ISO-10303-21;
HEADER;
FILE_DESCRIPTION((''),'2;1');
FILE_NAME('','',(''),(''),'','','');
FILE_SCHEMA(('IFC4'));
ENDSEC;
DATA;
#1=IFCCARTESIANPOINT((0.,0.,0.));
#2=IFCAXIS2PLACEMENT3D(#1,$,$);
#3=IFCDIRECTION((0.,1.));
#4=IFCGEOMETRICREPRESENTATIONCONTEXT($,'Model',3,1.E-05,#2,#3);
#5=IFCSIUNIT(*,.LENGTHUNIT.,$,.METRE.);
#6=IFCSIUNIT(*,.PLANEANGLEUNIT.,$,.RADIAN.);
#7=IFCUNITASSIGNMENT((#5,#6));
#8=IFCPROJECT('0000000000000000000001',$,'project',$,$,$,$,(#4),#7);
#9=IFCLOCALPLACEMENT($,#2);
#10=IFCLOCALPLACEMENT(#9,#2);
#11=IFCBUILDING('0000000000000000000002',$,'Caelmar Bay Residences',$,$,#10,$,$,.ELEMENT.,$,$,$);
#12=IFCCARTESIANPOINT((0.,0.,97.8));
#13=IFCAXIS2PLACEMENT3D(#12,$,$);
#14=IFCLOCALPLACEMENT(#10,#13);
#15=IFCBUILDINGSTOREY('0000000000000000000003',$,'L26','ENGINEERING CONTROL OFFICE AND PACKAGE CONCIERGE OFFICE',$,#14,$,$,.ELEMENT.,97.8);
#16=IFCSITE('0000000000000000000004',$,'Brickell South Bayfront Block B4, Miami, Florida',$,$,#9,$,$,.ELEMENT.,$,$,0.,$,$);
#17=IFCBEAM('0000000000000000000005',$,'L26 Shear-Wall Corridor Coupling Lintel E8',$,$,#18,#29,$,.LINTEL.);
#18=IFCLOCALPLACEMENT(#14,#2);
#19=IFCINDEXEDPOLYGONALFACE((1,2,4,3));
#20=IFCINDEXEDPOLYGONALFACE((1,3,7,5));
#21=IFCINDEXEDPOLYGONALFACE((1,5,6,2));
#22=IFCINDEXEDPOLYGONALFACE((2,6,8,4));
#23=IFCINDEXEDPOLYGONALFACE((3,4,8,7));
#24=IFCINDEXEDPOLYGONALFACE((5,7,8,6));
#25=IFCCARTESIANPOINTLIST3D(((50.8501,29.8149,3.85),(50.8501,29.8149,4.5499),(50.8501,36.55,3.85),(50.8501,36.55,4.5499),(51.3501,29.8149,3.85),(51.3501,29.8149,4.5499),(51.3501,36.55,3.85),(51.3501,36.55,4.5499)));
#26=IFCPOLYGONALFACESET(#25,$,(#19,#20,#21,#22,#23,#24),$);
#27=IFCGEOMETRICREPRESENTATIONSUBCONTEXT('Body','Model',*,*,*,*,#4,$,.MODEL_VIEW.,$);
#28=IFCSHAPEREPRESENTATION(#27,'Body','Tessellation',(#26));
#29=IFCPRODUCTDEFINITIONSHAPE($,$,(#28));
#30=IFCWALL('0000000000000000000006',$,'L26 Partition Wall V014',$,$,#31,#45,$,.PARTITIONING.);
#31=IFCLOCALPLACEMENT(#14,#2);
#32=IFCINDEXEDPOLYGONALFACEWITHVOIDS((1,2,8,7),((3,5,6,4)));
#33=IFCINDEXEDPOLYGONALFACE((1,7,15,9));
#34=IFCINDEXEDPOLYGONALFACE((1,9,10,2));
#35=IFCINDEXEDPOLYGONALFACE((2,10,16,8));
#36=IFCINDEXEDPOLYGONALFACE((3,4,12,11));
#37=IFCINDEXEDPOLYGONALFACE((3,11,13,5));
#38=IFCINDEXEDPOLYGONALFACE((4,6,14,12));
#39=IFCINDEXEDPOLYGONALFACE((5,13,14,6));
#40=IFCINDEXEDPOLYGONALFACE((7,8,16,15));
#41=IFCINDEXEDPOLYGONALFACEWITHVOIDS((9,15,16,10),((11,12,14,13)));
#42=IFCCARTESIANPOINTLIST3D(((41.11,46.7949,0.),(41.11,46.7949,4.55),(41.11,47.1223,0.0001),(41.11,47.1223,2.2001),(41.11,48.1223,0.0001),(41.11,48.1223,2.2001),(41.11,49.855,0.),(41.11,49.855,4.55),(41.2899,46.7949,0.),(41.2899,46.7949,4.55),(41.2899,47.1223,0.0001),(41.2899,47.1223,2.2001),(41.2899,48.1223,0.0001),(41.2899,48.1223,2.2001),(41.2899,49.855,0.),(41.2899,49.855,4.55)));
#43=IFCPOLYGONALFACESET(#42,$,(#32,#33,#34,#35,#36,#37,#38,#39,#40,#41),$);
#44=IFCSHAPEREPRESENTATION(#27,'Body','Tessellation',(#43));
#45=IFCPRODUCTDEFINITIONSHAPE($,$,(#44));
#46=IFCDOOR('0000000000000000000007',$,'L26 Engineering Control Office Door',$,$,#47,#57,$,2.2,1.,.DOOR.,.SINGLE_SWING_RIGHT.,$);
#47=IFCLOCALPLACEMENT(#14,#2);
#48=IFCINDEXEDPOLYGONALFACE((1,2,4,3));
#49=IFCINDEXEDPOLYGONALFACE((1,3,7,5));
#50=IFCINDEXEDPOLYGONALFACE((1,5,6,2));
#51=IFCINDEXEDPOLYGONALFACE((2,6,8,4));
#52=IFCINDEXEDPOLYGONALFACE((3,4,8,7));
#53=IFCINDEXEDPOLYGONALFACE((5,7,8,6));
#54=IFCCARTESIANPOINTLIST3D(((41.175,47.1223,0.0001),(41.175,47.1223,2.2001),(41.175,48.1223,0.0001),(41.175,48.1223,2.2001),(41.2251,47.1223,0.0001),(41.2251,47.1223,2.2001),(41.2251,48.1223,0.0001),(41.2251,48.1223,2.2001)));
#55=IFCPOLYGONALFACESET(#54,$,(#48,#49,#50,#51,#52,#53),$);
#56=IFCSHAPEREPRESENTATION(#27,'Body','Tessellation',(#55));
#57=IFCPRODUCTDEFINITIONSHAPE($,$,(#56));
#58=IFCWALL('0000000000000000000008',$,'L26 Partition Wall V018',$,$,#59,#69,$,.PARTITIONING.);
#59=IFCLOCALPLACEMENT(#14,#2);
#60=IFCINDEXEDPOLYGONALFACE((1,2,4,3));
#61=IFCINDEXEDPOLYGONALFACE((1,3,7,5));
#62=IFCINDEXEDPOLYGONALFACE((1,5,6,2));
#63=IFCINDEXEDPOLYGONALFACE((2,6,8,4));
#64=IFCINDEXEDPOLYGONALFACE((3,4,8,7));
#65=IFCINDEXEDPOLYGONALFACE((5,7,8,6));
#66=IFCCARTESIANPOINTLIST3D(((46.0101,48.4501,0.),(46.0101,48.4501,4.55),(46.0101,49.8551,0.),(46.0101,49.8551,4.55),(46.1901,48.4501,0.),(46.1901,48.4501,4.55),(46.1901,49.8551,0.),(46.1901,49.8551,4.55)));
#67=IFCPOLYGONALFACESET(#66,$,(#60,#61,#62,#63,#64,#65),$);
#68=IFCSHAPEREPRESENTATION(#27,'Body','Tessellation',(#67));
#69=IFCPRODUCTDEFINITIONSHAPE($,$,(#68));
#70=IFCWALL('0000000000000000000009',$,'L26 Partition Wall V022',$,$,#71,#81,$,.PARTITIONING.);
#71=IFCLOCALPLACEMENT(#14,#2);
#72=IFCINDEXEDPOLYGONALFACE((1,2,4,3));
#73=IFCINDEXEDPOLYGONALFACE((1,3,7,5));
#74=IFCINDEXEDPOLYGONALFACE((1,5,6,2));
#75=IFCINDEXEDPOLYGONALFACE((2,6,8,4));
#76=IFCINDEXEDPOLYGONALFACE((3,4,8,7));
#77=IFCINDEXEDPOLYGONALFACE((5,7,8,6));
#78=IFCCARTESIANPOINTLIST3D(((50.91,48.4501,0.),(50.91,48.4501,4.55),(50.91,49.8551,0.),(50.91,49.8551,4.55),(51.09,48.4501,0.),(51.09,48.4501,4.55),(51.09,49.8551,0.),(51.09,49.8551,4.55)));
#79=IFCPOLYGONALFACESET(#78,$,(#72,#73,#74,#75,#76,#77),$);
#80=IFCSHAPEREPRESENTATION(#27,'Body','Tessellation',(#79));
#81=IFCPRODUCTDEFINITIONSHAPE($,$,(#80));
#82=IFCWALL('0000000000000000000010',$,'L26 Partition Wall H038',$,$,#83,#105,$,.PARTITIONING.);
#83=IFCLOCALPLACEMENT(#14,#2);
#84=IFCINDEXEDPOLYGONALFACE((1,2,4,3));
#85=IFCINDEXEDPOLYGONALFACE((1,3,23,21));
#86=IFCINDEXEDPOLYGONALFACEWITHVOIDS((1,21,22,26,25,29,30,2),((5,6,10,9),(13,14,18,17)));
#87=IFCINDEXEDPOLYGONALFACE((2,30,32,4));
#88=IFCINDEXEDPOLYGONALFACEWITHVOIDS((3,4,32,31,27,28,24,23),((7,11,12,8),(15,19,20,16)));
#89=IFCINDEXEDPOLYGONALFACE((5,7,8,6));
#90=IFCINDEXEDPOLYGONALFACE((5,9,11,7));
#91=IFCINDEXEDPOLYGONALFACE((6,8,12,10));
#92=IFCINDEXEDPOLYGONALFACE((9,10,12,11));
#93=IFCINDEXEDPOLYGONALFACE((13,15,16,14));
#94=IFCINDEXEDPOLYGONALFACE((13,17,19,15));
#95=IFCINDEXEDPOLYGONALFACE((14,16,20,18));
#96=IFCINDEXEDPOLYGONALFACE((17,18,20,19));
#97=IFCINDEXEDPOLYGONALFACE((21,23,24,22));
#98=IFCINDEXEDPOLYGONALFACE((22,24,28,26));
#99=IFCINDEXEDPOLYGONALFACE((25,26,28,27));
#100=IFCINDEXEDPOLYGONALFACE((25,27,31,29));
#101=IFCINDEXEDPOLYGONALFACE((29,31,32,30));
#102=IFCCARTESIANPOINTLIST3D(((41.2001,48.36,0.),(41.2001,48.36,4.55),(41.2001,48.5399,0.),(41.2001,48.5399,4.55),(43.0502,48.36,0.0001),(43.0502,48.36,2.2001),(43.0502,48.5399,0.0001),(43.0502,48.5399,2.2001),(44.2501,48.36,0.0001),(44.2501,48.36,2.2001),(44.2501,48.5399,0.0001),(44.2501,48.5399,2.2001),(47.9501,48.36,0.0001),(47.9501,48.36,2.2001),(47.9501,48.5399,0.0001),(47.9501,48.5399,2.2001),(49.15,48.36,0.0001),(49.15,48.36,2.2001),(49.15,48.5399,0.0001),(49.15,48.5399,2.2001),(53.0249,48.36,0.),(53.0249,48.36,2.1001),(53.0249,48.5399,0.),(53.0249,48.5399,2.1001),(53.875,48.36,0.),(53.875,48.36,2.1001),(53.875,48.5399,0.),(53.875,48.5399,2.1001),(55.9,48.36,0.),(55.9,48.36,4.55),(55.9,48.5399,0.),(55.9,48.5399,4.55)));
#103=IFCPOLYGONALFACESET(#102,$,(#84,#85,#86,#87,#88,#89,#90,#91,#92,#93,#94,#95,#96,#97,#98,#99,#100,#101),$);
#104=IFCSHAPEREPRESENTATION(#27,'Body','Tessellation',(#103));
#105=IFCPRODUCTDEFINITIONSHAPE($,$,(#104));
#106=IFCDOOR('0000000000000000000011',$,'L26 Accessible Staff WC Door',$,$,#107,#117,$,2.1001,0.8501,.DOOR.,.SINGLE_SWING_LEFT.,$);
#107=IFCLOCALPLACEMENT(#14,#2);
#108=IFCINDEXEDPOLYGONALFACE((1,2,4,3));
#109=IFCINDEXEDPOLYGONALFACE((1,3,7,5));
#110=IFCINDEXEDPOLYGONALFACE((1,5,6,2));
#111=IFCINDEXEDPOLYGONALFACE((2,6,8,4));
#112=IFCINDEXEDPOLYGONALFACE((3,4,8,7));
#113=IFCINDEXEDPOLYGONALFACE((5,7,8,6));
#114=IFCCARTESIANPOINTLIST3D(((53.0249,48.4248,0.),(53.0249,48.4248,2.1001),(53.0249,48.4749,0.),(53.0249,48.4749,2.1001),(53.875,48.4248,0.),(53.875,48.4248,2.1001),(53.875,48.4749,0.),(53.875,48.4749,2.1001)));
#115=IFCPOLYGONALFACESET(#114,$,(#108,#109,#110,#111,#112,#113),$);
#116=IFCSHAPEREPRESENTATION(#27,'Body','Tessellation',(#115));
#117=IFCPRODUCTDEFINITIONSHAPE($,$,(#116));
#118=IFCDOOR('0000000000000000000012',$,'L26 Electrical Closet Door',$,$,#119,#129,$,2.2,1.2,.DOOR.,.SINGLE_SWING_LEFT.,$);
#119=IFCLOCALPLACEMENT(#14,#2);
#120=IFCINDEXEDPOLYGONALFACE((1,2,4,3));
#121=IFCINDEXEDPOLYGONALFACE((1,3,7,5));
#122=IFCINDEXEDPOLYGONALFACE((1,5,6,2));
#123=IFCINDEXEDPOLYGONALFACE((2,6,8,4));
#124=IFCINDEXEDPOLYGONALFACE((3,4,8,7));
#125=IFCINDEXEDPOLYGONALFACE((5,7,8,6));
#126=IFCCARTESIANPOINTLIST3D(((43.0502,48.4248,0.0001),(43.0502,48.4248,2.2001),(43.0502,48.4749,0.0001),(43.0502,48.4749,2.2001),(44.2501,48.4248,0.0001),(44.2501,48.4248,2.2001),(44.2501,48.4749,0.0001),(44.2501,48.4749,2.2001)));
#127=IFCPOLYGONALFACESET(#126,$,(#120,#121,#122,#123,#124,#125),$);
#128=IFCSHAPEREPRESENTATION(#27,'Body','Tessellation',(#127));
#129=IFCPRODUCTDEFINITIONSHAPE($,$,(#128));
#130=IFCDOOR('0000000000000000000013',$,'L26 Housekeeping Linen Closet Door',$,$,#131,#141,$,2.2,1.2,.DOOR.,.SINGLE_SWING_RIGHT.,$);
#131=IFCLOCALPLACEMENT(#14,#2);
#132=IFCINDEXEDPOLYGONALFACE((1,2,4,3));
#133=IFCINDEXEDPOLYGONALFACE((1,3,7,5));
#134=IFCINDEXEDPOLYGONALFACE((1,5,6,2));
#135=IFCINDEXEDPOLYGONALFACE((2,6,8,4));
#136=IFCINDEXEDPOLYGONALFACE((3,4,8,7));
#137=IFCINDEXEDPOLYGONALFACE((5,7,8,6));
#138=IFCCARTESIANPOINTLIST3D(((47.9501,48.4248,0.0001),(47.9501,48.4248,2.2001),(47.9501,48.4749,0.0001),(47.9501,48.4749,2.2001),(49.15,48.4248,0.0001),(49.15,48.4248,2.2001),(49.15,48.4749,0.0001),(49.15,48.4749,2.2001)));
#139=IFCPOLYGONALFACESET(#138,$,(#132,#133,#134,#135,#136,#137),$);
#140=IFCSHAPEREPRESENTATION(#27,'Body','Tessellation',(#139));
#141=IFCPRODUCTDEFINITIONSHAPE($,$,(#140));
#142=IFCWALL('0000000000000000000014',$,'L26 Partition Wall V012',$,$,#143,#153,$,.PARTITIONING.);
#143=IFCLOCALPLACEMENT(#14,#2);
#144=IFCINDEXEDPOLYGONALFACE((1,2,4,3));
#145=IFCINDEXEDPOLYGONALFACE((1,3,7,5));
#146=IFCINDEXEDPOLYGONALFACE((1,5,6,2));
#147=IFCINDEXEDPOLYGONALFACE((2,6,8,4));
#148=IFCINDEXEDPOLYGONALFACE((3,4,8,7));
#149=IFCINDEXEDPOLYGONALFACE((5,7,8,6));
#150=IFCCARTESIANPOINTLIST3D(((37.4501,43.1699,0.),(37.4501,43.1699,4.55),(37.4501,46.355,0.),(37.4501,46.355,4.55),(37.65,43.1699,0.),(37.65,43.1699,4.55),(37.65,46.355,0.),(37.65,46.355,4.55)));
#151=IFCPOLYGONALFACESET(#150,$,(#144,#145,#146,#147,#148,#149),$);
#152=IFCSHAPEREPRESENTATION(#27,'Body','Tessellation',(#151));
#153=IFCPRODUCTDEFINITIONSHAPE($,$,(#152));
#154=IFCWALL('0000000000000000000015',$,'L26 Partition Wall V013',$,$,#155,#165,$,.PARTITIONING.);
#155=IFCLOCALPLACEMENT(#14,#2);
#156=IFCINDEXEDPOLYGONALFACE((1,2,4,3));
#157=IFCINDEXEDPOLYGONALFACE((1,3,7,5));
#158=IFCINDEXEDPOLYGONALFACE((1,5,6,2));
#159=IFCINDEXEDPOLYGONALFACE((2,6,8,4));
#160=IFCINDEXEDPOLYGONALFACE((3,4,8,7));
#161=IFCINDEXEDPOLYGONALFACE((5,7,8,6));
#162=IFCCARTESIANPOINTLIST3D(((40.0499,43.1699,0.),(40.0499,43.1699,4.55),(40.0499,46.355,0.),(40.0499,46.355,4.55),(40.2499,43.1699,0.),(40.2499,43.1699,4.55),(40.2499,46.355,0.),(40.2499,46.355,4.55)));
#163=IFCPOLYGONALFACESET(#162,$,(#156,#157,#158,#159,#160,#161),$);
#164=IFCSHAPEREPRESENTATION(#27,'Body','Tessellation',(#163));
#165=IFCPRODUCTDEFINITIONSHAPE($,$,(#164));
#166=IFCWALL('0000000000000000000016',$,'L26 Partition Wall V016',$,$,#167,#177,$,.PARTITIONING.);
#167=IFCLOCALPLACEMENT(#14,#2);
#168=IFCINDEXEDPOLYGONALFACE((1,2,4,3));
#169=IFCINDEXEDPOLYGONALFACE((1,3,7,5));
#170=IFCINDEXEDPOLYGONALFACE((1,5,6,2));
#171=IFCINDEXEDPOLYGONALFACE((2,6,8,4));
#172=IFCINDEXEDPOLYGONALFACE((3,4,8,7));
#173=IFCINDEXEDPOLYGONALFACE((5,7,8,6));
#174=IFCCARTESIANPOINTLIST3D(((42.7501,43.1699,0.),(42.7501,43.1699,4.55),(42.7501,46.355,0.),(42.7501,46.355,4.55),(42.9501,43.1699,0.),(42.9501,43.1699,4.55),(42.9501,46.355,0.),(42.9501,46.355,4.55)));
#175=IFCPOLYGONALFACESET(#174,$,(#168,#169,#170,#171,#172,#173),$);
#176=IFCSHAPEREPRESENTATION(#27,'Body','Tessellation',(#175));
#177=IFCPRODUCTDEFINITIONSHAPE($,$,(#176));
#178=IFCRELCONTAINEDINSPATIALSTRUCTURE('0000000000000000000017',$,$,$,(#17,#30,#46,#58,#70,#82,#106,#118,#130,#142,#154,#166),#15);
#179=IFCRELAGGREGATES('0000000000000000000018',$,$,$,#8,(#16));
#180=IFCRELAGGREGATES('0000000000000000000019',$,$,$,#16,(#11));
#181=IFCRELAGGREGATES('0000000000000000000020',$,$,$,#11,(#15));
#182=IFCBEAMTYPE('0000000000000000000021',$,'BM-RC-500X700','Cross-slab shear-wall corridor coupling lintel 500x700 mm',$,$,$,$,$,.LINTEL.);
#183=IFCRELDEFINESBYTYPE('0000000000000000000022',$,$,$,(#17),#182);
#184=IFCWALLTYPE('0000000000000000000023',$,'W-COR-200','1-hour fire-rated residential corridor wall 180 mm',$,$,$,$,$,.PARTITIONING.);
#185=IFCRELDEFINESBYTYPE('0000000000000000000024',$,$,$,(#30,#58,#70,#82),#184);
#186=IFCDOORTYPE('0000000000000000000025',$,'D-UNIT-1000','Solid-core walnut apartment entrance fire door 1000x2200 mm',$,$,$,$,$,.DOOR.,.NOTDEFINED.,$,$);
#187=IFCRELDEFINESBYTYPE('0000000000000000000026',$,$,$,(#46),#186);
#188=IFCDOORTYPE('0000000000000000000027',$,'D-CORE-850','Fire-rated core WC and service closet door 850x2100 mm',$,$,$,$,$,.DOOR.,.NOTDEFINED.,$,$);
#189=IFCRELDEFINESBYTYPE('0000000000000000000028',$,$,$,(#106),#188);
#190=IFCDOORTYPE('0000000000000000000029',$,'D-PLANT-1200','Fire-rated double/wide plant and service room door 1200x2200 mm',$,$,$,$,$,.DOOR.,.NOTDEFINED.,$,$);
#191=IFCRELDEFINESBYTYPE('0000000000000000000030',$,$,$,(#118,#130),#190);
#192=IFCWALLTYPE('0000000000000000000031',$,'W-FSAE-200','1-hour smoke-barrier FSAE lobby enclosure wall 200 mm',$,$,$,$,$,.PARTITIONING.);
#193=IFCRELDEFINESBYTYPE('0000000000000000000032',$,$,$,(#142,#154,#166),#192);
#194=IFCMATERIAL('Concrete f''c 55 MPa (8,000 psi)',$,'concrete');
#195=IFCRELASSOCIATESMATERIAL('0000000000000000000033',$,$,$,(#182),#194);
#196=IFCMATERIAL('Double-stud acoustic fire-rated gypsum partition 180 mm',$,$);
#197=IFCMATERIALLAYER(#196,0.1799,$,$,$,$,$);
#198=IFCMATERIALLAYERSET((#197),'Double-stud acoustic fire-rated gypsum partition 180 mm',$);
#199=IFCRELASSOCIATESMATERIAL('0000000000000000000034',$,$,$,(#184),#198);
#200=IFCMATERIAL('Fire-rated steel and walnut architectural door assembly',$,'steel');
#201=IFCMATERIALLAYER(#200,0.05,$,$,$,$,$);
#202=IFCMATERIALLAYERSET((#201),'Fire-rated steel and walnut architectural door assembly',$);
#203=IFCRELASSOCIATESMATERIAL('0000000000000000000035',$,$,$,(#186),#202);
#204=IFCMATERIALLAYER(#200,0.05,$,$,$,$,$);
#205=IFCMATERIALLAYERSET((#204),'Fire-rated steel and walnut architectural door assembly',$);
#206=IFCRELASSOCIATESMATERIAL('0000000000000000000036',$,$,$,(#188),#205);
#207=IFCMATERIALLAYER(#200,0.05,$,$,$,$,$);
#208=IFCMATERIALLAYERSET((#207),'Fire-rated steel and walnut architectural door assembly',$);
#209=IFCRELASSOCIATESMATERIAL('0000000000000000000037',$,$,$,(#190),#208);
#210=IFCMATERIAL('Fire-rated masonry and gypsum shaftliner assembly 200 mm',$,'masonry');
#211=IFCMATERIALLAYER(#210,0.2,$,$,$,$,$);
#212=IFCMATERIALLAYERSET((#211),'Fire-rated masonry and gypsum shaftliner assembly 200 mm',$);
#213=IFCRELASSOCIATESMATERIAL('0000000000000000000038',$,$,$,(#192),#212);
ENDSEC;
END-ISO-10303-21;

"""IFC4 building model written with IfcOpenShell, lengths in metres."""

from ifc_helpers import new_model, si_unit, direction, frame, frame_2d, origin, origin_2d, place, context, subcontext, project, spatial, rectangle, extrude, material, layer, layer_set, material_profile, profile_set, type_object, element, fill, save


model = new_model("IFC4")

# Units and contexts
model_context = context("Model", 3, precision=1e-05, world=origin(), true_north=direction((0.0, 1.0)))
body_context = subcontext(model_context, "Body", "Model", "MODEL_VIEW")
ifc_project = project(units=[si_unit("LENGTHUNIT", "METRE"), si_unit("PLANEANGLEUNIT", "RADIAN")], contexts=[model_context])

# Site, building, storey
site_placement = place(None, origin())
site = spatial("IfcSite", under=ifc_project, at=site_placement, Name="Brickell South Bayfront Block B4, Miami, Florida", CompositionType="ELEMENT", RefElevation=0.0)
building_placement = place(site_placement, origin())
building = spatial("IfcBuilding", under=site, at=building_placement, Name="Caelmar Bay Residences", CompositionType="ELEMENT")
storey_placement = place(building_placement, frame((0.0, 0.0, 97.8)))
storey = spatial("IfcBuildingStorey", under=building, at=storey_placement, Name="L26", Description="ENGINEERING CONTROL OFFICE AND PACKAGE CONCIERGE OFFICE", CompositionType="ELEMENT", Elevation=97.8)

# Beam
ifc_material_1 = material(Name="Concrete f'c 55 MPa (8,000 psi)", Category="concrete")
ifc_material_profile = material_profile(ifc_material_1, rectangle(XDim=0.5, YDim=0.7, at=origin_2d()), Name="RC-BM-500X700")
ifc_profile_set = profile_set([ifc_material_profile], Name="Concrete f'c 55 MPa (8,000 psi)")
beam_type = type_object("IfcBeamType", Name="BM-RC-500X700", Description="Cross-slab shear-wall corridor coupling lintel 500x700 mm", PredefinedType="LINTEL", material=ifc_profile_set)
beam_placement = place(storey_placement, frame((51.1001, 29.8149, 4.2), z_axis=(0.0, 1.0, 0.0), x_axis=(-1.0, 0.0, 0.0)))
element("IfcBeam", 1, at=beam_placement, inside=storey, type_object=beam_type, Name="L26 Shear-Wall Corridor Coupling Lintel E8", PredefinedType="LINTEL", context=body_context, shape_type="SweptSolid", body=[
    extrude(rectangle(XDim=0.5, YDim=0.7, at=origin_2d()), origin(), (0.0, 0.0, 1.0), 6.7351),
])

# Wall, opening, door
ifc_material_2 = material(Name="Fire-rated steel and walnut architectural door assembly", Category="steel")
ifc_material_3 = material(Name="Double-stud acoustic fire-rated gypsum partition 180 mm")
ifc_layer_1 = layer(ifc_material_3, 0.1799)
ifc_layer_set_1 = layer_set([ifc_layer_1], Name="Double-stud acoustic fire-rated gypsum partition 180 mm")
wall_type_1 = type_object("IfcWallType", Name="W-COR-200", Description="1-hour fire-rated residential corridor wall 180 mm", PredefinedType="PARTITIONING", material=ifc_layer_set_1)
wall_1_placement = place(storey_placement, frame((41.2, 46.7949, 0.0), z_axis=(0.0, 0.0, 1.0), x_axis=(0.0, 1.0, 0.0)))
wall_1 = element("IfcWall", 2, at=wall_1_placement, inside=storey, type_object=wall_type_1, Name="L26 Partition Wall V014", PredefinedType="PARTITIONING", context=body_context, shape_type="SweptSolid", body=[
    extrude(rectangle(XDim=3.0601, YDim=0.1799, at=frame_2d((1.53, 0.0))), origin(), (0.0, 0.0, 1.0), 4.55),
])
opening_1_placement = place(wall_1_placement, frame((0.3274, 0.0, 0.0)))
opening_1 = element("IfcOpeningElement", 3, at=opening_1_placement, cuts=wall_1, PredefinedType="OPENING", context=body_context, shape_type="SweptSolid", body=[
    extrude(rectangle(XDim=1.0, YDim=2.2, at=frame_2d((0.5, 1.1001))), frame((0.0, 0.0999, 0.0), z_axis=(0.0, -1.0, 0.0), x_axis=(1.0, 0.0, 0.0)), (0.0, 0.0, 1.0), 0.2),
])
ifc_layer_2 = layer(ifc_material_2, 0.05)
ifc_layer_set_2 = layer_set([ifc_layer_2], Name="Fire-rated steel and walnut architectural door assembly")
door_type_1 = type_object("IfcDoorType", Name="D-UNIT-1000", Description="Solid-core walnut apartment entrance fire door 1000x2200 mm", OperationType="NOTDEFINED", PredefinedType="DOOR", material=ifc_layer_set_2)
door_1_placement = place(opening_1_placement, origin())
door_1 = element("IfcDoor", 4, at=door_1_placement, inside=storey, type_object=door_type_1, Name="L26 Engineering Control Office Door", OperationType="SINGLE_SWING_RIGHT", OverallHeight=2.2, OverallWidth=1.0, PredefinedType="DOOR", context=body_context, shape_type="SweptSolid", body=[
    extrude(rectangle(XDim=1.0, YDim=2.2, at=frame_2d((0.5, 1.1001))), frame((0.0, 0.0249, 0.0), z_axis=(0.0, -1.0, 0.0), x_axis=(1.0, 0.0, 0.0)), (0.0, 0.0, 1.0), 0.05),
])
fill(opening_1, door_1)

# Walls
for number, where, z_axis, x_axis, name in (
    (5, (46.1001, 48.45, 0.0), (0.0, 0.0, 1.0), (0.0, 1.0, 0.0), "L26 Partition Wall V018"),
    (6, (51.0, 48.45, 0.0), (0.0, 0.0, 1.0), (0.0, 1.0, 0.0), "L26 Partition Wall V022"),
):
    element("IfcWall", number, at=place(storey_placement, frame(where, z_axis=z_axis, x_axis=x_axis)), inside=storey, type_object=wall_type_1, Name=name, PredefinedType="PARTITIONING", context=body_context, shape_type="SweptSolid", body=[
        extrude(rectangle(XDim=1.405, YDim=0.1799, at=frame_2d((0.7026, 0.0))), origin(), (0.0, 0.0, 1.0), 4.55),
    ])

# Wall, openings, doors
wall_2_placement = place(storey_placement, frame((41.2, 48.45, 0.0), z_axis=(0.0, 0.0, 1.0), x_axis=(1.0, 0.0, 0.0)))
wall_2 = element("IfcWall", 7, at=wall_2_placement, inside=storey, type_object=wall_type_1, Name="L26 Partition Wall H038", PredefinedType="PARTITIONING", context=body_context, shape_type="SweptSolid", body=[
    extrude(rectangle(XDim=14.7, YDim=0.1799, at=frame_2d((7.3501, 0.0))), origin(), (0.0, 0.0, 1.0), 4.55),
])
opening_2_placement = place(wall_2_placement, frame((1.8501, 0.0, 0.0)))
opening_2 = element("IfcOpeningElement", 8, at=opening_2_placement, cuts=wall_2, PredefinedType="OPENING", context=body_context, shape_type="SweptSolid", body=[
    extrude(rectangle(XDim=1.2, YDim=2.2, at=frame_2d((0.6001, 1.1001))), frame((0.0, 0.0999, 0.0), z_axis=(0.0, -1.0, 0.0), x_axis=(1.0, 0.0, 0.0)), (0.0, 0.0, 1.0), 0.2),
])
opening_3_placement = place(wall_2_placement, frame((6.75, 0.0, 0.0)))
opening_3 = element("IfcOpeningElement", 9, at=opening_3_placement, cuts=wall_2, PredefinedType="OPENING", context=body_context, shape_type="SweptSolid", body=[
    extrude(rectangle(XDim=1.2, YDim=2.2, at=frame_2d((0.6001, 1.1001))), frame((0.0, 0.0999, 0.0), z_axis=(0.0, -1.0, 0.0), x_axis=(1.0, 0.0, 0.0)), (0.0, 0.0, 1.0), 0.2),
])
opening_4_placement = place(wall_2_placement, frame((11.825, 0.0, 0.0)))
opening_4 = element("IfcOpeningElement", 10, at=opening_4_placement, cuts=wall_2, PredefinedType="OPENING", context=body_context, shape_type="SweptSolid", body=[
    extrude(rectangle(XDim=0.8501, YDim=2.1001, at=frame_2d((0.425, 1.05))), frame((0.0, 0.0999, 0.0), z_axis=(0.0, -1.0, 0.0), x_axis=(1.0, 0.0, 0.0)), (0.0, 0.0, 1.0), 0.2),
])
ifc_layer_3 = layer(ifc_material_2, 0.05)
ifc_layer_set_3 = layer_set([ifc_layer_3], Name="Fire-rated steel and walnut architectural door assembly")
door_type_2 = type_object("IfcDoorType", Name="D-CORE-850", Description="Fire-rated core WC and service closet door 850x2100 mm", OperationType="NOTDEFINED", PredefinedType="DOOR", material=ifc_layer_set_3)
door_2_placement = place(opening_4_placement, origin())
door_2 = element("IfcDoor", 11, at=door_2_placement, inside=storey, type_object=door_type_2, Name="L26 Accessible Staff WC Door", OperationType="SINGLE_SWING_LEFT", OverallHeight=2.1001, OverallWidth=0.8501, PredefinedType="DOOR", context=body_context, shape_type="SweptSolid", body=[
    extrude(rectangle(XDim=0.8501, YDim=2.1001, at=frame_2d((0.425, 1.05))), frame((0.0, 0.0249, 0.0), z_axis=(0.0, -1.0, 0.0), x_axis=(1.0, 0.0, 0.0)), (0.0, 0.0, 1.0), 0.05),
])
fill(opening_4, door_2)
ifc_layer_4 = layer(ifc_material_2, 0.05)
ifc_layer_set_4 = layer_set([ifc_layer_4], Name="Fire-rated steel and walnut architectural door assembly")
door_type_3 = type_object("IfcDoorType", Name="D-PLANT-1200", Description="Fire-rated double/wide plant and service room door 1200x2200 mm", OperationType="NOTDEFINED", PredefinedType="DOOR", material=ifc_layer_set_4)
door_3_placement = place(opening_2_placement, origin())
door_3 = element("IfcDoor", 12, at=door_3_placement, inside=storey, type_object=door_type_3, Name="L26 Electrical Closet Door", OperationType="SINGLE_SWING_LEFT", OverallHeight=2.2, OverallWidth=1.2, PredefinedType="DOOR", context=body_context, shape_type="SweptSolid", body=[
    extrude(rectangle(XDim=1.2, YDim=2.2, at=frame_2d((0.6001, 1.1001))), frame((0.0, 0.0249, 0.0), z_axis=(0.0, -1.0, 0.0), x_axis=(1.0, 0.0, 0.0)), (0.0, 0.0, 1.0), 0.05),
])
fill(opening_2, door_3)
door_4_placement = place(opening_3_placement, origin())
door_4 = element("IfcDoor", 13, at=door_4_placement, inside=storey, type_object=door_type_3, Name="L26 Housekeeping Linen Closet Door", OperationType="SINGLE_SWING_RIGHT", OverallHeight=2.2, OverallWidth=1.2, PredefinedType="DOOR", context=body_context, shape_type="SweptSolid", body=[
    extrude(rectangle(XDim=1.2, YDim=2.2, at=frame_2d((0.6001, 1.1001))), frame((0.0, 0.0249, 0.0), z_axis=(0.0, -1.0, 0.0), x_axis=(1.0, 0.0, 0.0)), (0.0, 0.0, 1.0), 0.05),
])
fill(opening_3, door_4)

# Walls
ifc_material_4 = material(Name="Fire-rated masonry and gypsum shaftliner assembly 200 mm", Category="masonry")
ifc_layer_5 = layer(ifc_material_4, 0.2)
ifc_layer_set_5 = layer_set([ifc_layer_5], Name="Fire-rated masonry and gypsum shaftliner assembly 200 mm")
wall_type_2 = type_object("IfcWallType", Name="W-FSAE-200", Description="1-hour smoke-barrier FSAE lobby enclosure wall 200 mm", PredefinedType="PARTITIONING", material=ifc_layer_set_5)
for number, where, z_axis, x_axis, name in (
    (14, (37.55, 43.1699, 0.0), (0.0, 0.0, 1.0), (0.0, 1.0, 0.0), "L26 Partition Wall V012"),
    (15, (40.1499, 43.1699, 0.0), (0.0, 0.0, 1.0), (0.0, 1.0, 0.0), "L26 Partition Wall V013"),
    (16, (42.8501, 43.1699, 0.0), (0.0, 0.0, 1.0), (0.0, 1.0, 0.0), "L26 Partition Wall V016"),
):
    element("IfcWall", number, at=place(storey_placement, frame(where, z_axis=z_axis, x_axis=x_axis)), inside=storey, type_object=wall_type_2, Name=name, PredefinedType="PARTITIONING", context=body_context, shape_type="SweptSolid", body=[
        extrude(rectangle(XDim=3.1851, YDim=0.2, at=frame_2d((1.5925, 0.0))), origin(), (0.0, 0.0, 1.0), 4.55),
    ])

save(model, "model.ifc")
